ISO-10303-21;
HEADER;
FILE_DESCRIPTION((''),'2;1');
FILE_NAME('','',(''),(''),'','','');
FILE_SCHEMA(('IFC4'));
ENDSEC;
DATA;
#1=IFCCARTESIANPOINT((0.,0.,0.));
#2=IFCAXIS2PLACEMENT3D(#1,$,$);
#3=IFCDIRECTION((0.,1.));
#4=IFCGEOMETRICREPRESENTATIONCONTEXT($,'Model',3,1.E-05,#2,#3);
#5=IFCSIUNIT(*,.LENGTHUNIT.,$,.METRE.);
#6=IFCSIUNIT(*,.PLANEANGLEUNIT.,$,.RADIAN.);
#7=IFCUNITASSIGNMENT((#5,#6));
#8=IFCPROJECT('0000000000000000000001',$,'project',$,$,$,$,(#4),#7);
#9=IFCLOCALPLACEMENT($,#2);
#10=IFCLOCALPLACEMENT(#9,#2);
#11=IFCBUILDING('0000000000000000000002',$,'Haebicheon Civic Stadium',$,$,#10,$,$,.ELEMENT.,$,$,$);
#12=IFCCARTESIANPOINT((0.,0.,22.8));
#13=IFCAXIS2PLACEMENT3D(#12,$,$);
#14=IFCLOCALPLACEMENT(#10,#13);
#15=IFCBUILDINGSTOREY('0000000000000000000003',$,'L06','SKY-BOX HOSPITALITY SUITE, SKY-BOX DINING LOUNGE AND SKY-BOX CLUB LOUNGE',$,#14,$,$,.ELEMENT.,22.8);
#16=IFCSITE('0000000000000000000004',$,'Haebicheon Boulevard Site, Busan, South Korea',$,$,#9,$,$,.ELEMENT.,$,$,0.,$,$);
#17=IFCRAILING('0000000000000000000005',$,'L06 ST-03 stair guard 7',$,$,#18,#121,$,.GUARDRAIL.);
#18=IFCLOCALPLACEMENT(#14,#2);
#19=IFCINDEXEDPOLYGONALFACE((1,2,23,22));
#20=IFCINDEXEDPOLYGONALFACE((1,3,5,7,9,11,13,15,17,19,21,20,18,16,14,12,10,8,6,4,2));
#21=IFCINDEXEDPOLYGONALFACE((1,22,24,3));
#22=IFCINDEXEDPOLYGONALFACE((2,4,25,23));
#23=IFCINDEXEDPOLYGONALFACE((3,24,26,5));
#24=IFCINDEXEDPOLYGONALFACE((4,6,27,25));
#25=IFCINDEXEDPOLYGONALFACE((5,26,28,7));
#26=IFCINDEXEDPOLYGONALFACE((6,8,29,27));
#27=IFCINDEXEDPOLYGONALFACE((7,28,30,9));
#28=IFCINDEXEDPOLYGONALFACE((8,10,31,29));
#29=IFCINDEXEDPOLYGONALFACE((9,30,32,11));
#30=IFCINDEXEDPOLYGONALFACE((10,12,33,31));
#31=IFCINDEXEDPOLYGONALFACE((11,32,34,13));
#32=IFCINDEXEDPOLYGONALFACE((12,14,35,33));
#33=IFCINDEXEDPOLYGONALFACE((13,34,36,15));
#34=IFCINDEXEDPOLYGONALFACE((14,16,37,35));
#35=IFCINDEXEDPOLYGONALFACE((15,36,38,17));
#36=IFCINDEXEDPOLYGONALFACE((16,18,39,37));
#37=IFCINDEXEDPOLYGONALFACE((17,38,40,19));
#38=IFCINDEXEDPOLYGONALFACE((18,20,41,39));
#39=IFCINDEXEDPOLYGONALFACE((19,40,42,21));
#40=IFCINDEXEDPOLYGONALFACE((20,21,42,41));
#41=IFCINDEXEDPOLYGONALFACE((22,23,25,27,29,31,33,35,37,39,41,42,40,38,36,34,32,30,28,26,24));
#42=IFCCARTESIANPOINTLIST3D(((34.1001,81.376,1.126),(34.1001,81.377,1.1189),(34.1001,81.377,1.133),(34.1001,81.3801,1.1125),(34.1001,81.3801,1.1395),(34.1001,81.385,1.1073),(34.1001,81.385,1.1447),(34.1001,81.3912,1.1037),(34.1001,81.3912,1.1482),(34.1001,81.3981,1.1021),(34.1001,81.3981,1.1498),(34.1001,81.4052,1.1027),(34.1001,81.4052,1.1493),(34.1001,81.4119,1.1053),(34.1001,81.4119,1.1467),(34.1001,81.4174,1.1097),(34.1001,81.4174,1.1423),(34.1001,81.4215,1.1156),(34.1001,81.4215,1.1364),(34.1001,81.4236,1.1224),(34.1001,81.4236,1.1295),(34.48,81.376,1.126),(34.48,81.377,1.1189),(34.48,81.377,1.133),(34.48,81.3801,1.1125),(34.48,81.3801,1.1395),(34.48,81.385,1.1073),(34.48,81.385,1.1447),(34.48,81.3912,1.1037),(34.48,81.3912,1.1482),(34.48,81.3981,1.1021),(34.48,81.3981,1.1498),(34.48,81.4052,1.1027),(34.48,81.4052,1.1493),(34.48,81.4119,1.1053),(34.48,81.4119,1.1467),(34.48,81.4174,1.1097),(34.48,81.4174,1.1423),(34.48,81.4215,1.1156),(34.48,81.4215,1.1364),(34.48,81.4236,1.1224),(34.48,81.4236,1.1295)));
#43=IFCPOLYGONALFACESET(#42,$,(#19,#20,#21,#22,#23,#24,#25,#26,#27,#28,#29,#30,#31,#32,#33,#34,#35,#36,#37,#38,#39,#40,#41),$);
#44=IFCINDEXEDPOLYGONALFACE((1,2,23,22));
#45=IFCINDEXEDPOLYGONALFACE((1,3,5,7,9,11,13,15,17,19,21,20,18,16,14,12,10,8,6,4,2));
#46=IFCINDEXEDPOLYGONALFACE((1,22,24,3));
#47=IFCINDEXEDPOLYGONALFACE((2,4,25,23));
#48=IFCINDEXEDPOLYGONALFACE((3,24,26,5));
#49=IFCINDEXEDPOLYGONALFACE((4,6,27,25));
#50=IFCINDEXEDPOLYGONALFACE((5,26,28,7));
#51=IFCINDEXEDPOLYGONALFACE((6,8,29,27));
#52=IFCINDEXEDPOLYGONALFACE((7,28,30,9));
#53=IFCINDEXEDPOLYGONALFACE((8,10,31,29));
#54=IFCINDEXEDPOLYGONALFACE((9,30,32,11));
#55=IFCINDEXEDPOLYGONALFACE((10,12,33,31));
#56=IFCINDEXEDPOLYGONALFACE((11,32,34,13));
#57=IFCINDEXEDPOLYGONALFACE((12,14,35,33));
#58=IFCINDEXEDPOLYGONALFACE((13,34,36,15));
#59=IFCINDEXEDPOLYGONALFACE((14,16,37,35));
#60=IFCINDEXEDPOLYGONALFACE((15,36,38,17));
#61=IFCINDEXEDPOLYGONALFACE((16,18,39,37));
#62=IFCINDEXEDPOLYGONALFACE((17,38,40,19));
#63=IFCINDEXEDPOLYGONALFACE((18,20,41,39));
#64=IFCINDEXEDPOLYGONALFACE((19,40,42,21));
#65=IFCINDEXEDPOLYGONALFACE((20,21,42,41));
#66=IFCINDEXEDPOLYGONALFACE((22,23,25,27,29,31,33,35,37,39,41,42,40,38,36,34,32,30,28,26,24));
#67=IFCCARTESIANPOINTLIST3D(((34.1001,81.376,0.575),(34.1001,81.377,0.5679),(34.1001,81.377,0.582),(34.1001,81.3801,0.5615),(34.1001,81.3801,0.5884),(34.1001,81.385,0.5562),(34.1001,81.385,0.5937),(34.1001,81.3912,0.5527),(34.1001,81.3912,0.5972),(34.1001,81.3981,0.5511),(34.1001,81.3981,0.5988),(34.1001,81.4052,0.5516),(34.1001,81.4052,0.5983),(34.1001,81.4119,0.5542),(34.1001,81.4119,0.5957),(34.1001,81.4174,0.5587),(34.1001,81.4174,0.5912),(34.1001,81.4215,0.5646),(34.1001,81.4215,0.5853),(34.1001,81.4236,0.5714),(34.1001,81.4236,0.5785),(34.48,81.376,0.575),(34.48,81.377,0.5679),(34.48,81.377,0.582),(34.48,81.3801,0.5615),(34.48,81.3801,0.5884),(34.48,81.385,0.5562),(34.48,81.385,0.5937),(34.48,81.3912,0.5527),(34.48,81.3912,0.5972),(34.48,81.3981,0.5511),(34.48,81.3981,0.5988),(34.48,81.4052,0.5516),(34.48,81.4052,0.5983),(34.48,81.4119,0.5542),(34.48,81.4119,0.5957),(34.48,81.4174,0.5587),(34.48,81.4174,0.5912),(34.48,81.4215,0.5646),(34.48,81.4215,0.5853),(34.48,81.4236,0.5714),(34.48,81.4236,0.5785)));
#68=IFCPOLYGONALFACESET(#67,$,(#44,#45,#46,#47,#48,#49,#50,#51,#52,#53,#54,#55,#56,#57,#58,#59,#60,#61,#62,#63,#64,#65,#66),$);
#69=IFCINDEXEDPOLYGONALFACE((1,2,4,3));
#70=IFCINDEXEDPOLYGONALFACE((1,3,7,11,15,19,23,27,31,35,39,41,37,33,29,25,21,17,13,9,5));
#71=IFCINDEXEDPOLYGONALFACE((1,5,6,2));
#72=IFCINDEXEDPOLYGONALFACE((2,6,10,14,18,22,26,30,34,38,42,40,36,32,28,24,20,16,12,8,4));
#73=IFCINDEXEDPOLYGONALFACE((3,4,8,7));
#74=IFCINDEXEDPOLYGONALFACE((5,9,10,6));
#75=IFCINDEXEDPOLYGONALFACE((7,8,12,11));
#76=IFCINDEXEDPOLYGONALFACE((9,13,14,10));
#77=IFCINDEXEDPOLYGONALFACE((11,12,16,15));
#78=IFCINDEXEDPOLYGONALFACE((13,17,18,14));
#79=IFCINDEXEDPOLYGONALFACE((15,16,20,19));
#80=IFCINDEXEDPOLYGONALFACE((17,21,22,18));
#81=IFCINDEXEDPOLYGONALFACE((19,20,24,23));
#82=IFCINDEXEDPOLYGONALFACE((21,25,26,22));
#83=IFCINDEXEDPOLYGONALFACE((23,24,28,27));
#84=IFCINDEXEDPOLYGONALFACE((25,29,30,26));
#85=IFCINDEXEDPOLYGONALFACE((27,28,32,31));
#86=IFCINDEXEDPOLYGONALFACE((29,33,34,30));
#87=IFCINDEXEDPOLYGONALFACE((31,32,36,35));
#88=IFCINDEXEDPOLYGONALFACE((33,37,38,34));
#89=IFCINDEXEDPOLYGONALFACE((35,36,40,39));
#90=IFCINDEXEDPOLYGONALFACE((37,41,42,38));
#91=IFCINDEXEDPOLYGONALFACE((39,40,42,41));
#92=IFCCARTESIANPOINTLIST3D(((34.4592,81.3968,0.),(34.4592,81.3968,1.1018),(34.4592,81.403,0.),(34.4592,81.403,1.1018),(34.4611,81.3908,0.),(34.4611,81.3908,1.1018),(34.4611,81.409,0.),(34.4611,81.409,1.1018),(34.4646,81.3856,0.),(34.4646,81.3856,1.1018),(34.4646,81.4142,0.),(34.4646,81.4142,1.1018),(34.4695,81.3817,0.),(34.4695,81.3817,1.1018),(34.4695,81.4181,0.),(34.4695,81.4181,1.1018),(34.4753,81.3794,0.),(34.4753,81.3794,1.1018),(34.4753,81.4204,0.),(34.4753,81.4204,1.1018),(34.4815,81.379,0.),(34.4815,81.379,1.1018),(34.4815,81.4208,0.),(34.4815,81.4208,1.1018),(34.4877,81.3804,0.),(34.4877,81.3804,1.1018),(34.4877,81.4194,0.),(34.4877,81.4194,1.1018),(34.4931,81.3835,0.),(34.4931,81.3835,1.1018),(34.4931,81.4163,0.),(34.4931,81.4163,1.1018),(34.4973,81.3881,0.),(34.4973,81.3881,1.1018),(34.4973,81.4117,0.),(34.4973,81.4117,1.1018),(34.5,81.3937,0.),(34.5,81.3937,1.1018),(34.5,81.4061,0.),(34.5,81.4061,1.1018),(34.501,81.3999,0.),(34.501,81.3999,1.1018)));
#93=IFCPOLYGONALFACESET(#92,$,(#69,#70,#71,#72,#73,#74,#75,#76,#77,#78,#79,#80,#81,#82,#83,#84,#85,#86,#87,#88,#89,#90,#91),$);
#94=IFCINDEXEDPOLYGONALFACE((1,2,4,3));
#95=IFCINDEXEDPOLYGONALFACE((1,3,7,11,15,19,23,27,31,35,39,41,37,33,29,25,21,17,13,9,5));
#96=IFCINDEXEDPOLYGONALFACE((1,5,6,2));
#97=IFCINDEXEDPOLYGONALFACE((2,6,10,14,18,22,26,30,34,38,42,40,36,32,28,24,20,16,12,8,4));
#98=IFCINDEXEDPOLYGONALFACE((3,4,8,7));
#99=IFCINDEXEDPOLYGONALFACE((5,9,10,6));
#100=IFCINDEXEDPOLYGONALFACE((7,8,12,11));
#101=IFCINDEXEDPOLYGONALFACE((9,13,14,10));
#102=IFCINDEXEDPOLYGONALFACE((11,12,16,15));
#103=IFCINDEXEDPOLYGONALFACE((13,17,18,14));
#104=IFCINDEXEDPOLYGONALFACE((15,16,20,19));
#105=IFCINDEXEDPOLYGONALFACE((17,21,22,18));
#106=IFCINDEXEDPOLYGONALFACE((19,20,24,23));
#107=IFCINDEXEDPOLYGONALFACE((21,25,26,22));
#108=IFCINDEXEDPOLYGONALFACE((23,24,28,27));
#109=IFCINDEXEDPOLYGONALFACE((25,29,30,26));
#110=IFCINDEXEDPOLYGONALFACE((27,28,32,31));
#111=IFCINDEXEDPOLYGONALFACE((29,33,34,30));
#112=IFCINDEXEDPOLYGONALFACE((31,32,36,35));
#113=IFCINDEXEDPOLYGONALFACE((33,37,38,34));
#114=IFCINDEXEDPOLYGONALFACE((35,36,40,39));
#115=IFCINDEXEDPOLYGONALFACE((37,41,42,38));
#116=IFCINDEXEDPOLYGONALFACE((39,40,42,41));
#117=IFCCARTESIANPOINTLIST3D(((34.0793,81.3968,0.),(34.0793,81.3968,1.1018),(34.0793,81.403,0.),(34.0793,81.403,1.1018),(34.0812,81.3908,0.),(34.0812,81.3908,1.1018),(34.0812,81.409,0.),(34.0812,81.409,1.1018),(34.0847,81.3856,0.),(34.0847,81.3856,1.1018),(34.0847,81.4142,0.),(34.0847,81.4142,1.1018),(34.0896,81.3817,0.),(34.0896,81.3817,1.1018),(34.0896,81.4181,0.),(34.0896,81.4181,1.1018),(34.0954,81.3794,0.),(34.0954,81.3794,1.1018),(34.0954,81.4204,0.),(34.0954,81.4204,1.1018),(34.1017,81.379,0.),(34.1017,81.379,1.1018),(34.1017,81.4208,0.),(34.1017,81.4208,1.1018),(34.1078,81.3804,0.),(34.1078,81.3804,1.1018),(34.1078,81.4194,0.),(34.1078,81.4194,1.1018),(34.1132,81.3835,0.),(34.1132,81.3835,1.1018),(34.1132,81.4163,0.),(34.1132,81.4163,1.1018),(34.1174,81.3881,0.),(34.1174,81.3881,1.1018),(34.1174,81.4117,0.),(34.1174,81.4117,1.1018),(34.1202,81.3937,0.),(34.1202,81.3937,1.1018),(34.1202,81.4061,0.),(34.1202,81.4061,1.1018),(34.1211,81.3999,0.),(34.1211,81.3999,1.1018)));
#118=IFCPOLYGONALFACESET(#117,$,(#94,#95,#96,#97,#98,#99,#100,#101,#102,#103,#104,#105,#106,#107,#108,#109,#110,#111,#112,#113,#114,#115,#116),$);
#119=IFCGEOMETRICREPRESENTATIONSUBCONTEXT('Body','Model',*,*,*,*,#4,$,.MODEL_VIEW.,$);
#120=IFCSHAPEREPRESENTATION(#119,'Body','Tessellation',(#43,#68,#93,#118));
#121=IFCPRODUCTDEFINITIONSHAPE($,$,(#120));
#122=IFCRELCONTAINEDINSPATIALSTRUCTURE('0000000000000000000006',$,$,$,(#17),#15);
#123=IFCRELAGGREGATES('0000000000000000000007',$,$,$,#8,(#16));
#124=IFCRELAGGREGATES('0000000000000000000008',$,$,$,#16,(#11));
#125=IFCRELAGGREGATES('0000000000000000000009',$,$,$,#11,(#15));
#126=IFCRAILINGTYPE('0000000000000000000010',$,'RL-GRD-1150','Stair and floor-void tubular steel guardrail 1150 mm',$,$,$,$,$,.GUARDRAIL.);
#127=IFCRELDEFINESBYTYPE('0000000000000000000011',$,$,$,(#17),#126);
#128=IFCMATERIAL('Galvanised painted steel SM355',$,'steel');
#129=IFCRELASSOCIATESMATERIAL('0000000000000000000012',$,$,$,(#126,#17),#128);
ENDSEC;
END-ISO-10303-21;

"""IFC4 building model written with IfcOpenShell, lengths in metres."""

from ifc_helpers import new_model, si_unit, direction, frame, origin, origin_2d, place, context, subcontext, project, spatial, circle, extrude, material, type_object, element, save


model = new_model("IFC4")

# Units and contexts
model_context = context("Model", 3, precision=1e-05, world=origin(), true_north=direction((0.0, 1.0)))
body_context = subcontext(model_context, "Body", "Model", "MODEL_VIEW")
ifc_project = project(units=[si_unit("LENGTHUNIT", "METRE"), si_unit("PLANEANGLEUNIT", "RADIAN")], contexts=[model_context])

# Site, building, storey
site_placement = place(None, origin())
site = spatial("IfcSite", under=ifc_project, at=site_placement, Name="Haebicheon Boulevard Site, Busan, South Korea", CompositionType="ELEMENT", RefElevation=0.0)
building_placement = place(site_placement, origin())
building = spatial("IfcBuilding", under=site, at=building_placement, Name="Haebicheon Civic Stadium", CompositionType="ELEMENT")
storey_placement = place(building_placement, frame((0.0, 0.0, 22.8)))
storey = spatial("IfcBuildingStorey", under=building, at=storey_placement, Name="L06", Description="SKY-BOX HOSPITALITY SUITE, SKY-BOX DINING LOUNGE AND SKY-BOX CLUB LOUNGE", CompositionType="ELEMENT", Elevation=22.8)

# Railing
ifc_material_1 = material(Name="Galvanised painted steel SM355", Category="steel")
railing_type = type_object("IfcRailingType", Name="RL-GRD-1150", Description="Stair and floor-void tubular steel guardrail 1150 mm", PredefinedType="GUARDRAIL", material=ifc_material_1)
railing_1_placement = place(storey_placement, frame((34.48, 81.3999, 0.0)))
element("IfcRailing", 1, at=railing_1_placement, inside=storey, type_object=railing_type, material=ifc_material_1, Name="L06 ST-03 stair guard 7", PredefinedType="GUARDRAIL", context=body_context, shape_type="SweptSolid", body=[
    extrude(circle(Radius=0.0239, at=origin_2d()), frame((0.0, 0.0, 1.126), z_axis=(-1.0, 0.0, 0.0), x_axis=(0.0, -1.0, 0.0)), (0.0, 0.0, 1.0), 0.3799),
    extrude(circle(Radius=0.0239, at=origin_2d()), frame((0.0, 0.0, 0.575), z_axis=(-1.0, 0.0, 0.0), x_axis=(0.0, -1.0, 0.0)), (0.0, 0.0, 1.0), 0.3799),
    extrude(circle(Radius=0.021, at=origin_2d()), origin(), (0.0, 0.0, 1.0), 1.1018),
    extrude(circle(Radius=0.021, at=origin_2d()), frame((-0.3799, 0.0, 0.0)), (0.0, 0.0, 1.0), 1.1018),
])

save(model, "model.ifc")
